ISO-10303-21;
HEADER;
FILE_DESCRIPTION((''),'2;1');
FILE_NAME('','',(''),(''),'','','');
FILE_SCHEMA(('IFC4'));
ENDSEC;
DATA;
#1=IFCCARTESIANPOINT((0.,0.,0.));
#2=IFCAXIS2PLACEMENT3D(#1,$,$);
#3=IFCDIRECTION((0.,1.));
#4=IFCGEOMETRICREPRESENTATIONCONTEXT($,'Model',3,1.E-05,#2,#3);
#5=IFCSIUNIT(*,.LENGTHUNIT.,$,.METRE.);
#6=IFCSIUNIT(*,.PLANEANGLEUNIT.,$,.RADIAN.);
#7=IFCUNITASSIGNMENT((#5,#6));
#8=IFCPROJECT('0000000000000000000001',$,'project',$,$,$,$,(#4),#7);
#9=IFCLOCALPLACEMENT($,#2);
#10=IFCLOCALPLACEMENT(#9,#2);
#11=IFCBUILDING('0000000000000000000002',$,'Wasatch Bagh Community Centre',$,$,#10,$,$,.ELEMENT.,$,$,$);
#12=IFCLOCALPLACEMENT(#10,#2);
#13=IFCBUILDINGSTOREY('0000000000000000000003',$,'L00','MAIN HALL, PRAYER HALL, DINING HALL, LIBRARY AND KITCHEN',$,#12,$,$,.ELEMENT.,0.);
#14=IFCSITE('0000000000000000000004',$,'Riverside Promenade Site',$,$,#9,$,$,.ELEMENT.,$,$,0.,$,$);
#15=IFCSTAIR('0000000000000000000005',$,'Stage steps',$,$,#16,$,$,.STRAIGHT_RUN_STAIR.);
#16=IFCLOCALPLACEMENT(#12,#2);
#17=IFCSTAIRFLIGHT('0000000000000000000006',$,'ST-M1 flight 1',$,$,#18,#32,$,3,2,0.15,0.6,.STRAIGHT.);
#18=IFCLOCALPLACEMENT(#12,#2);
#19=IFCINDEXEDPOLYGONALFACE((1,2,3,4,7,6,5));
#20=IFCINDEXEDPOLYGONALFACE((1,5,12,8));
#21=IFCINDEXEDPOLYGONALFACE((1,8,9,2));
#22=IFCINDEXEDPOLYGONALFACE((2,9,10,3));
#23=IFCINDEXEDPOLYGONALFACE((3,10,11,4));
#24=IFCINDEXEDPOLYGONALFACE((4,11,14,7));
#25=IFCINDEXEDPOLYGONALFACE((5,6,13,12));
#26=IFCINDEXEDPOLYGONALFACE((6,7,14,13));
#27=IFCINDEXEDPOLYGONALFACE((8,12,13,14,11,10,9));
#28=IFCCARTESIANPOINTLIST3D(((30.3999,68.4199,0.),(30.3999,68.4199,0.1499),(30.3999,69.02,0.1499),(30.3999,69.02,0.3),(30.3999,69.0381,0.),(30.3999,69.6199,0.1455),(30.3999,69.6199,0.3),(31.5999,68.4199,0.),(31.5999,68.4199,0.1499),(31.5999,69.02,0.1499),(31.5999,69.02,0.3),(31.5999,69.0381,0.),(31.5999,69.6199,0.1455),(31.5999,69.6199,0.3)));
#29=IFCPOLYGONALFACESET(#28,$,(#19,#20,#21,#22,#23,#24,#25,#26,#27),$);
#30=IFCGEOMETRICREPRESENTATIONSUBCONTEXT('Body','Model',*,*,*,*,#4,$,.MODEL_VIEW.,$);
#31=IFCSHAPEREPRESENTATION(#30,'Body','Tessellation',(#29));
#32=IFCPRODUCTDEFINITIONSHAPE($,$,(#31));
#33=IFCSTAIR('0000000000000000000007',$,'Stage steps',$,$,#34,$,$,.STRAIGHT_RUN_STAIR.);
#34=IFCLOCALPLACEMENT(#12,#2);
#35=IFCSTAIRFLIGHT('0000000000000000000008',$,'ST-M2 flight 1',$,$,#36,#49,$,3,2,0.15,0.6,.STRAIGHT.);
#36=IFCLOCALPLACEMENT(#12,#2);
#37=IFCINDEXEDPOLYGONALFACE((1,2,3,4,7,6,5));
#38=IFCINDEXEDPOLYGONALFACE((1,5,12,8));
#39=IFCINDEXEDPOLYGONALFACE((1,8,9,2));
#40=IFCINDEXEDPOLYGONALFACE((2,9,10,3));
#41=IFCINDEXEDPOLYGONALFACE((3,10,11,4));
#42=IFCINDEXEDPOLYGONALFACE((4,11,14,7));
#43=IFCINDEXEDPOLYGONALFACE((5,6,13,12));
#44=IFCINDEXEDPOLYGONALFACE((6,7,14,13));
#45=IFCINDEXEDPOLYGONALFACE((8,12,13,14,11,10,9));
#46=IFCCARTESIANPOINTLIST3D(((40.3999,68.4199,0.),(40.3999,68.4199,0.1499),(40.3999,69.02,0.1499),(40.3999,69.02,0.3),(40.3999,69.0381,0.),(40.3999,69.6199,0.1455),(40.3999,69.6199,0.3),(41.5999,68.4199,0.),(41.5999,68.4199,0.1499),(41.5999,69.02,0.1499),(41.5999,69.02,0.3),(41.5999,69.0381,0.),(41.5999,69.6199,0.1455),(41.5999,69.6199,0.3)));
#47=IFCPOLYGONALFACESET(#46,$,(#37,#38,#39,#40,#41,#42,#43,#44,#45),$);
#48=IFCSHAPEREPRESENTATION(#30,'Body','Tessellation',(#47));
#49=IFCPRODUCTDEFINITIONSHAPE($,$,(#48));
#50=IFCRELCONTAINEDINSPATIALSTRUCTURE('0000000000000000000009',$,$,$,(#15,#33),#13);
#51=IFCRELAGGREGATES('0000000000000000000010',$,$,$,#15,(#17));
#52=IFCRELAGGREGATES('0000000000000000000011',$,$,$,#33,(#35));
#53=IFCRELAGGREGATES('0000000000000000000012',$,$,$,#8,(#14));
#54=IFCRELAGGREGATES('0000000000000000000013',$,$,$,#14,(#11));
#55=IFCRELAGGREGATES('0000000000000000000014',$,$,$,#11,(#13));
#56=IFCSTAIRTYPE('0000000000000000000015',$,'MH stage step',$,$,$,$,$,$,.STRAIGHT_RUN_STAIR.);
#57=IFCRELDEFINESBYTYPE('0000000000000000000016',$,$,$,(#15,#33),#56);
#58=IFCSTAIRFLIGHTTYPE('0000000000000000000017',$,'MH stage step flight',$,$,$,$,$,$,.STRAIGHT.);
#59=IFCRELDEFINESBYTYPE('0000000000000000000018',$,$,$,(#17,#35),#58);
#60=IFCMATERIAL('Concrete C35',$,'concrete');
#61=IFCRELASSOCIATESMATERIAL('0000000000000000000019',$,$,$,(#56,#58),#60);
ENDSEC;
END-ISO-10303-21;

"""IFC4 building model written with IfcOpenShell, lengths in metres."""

from ifc_helpers import new_model, si_unit, direction, frame, origin, place, context, subcontext, project, spatial, polyline, outline, extrude, material, type_object, element, aggregate, save


model = new_model("IFC4")

# Units and contexts
model_context = context("Model", 3, precision=1e-05, world=origin(), true_north=direction((0.0, 1.0)))
body_context = subcontext(model_context, "Body", "Model", "MODEL_VIEW")
ifc_project = project(units=[si_unit("LENGTHUNIT", "METRE"), si_unit("PLANEANGLEUNIT", "RADIAN")], contexts=[model_context])

# Site, building, storey
site_placement = place(None, origin())
site = spatial("IfcSite", under=ifc_project, at=site_placement, Name="Riverside Promenade Site", CompositionType="ELEMENT", RefElevation=0.0)
building_placement = place(site_placement, origin())
building = spatial("IfcBuilding", under=site, at=building_placement, Name="Wasatch Bagh Community Centre", CompositionType="ELEMENT")
storey_placement = place(building_placement, origin())
storey = spatial("IfcBuildingStorey", under=building, at=storey_placement, Name="L00", Description="MAIN HALL, PRAYER HALL, DINING HALL, LIBRARY AND KITCHEN", CompositionType="ELEMENT", Elevation=0.0)

# Shared definitions
ifc_material_1 = material(Name="Concrete C35", Category="concrete")

# Stairs, stair flights
stair_type = type_object("IfcStairType", Name="MH stage step", PredefinedType="STRAIGHT_RUN_STAIR", material=ifc_material_1)
stair_1_placement = place(storey_placement, origin())
stair_1 = element("IfcStair", 1, at=stair_1_placement, inside=storey, type_object=stair_type, Name="Stage steps", PredefinedType="STRAIGHT_RUN_STAIR")
stair_flight_type = type_object("IfcStairFlightType", Name="MH stage step flight", PredefinedType="STRAIGHT", material=ifc_material_1)
stair_flight_1_placement = place(storey_placement, frame((31.0, 68.4199, 0.0), z_axis=(0.0, 0.0, 1.0), x_axis=(0.0, 1.0, 0.0)))
stair_flight_1 = element("IfcStairFlight", 2, at=stair_flight_1_placement, type_object=stair_flight_type, Name="ST-M1 flight 1", NumberOfRisers=3, NumberOfTreads=2, PredefinedType="STRAIGHT", RiserHeight=0.15, TreadLength=0.6, context=body_context, shape_type="SweptSolid", body=[
    extrude(outline(polyline([(0.0, 0.0), (0.0, 0.1499), (0.6001, 0.1499), (0.6001, 0.3), (1.2, 0.3), (1.2, 0.45), (1.2, 0.1455), (0.6182, 0.0), (0.0, 0.0)])), frame((0.0, 0.6001, 0.0), z_axis=(0.0, -1.0, 0.0), x_axis=(1.0, 0.0, 0.0)), (0.0, 0.0, 1.0), 1.2),
])
aggregate(stair_1, [stair_flight_1])
stair_2_placement = place(storey_placement, origin())
stair_2 = element("IfcStair", 3, at=stair_2_placement, inside=storey, type_object=stair_type, Name="Stage steps", PredefinedType="STRAIGHT_RUN_STAIR")
stair_flight_2_placement = place(storey_placement, frame((41.0, 68.4199, 0.0), z_axis=(0.0, 0.0, 1.0), x_axis=(0.0, 1.0, 0.0)))
stair_flight_2 = element("IfcStairFlight", 4, at=stair_flight_2_placement, type_object=stair_flight_type, Name="ST-M2 flight 1", NumberOfRisers=3, NumberOfTreads=2, PredefinedType="STRAIGHT", RiserHeight=0.15, TreadLength=0.6, context=body_context, shape_type="SweptSolid", body=[
    extrude(outline(polyline([(0.0, 0.0), (0.0, 0.1499), (0.6001, 0.1499), (0.6001, 0.3), (1.2, 0.3), (1.2, 0.45), (1.2, 0.1455), (0.6182, 0.0), (0.0, 0.0)])), frame((0.0, 0.6001, 0.0), z_axis=(0.0, -1.0, 0.0), x_axis=(1.0, 0.0, 0.0)), (0.0, 0.0, 1.0), 1.2),
])
aggregate(stair_2, [stair_flight_2])

save(model, "model.ifc")
